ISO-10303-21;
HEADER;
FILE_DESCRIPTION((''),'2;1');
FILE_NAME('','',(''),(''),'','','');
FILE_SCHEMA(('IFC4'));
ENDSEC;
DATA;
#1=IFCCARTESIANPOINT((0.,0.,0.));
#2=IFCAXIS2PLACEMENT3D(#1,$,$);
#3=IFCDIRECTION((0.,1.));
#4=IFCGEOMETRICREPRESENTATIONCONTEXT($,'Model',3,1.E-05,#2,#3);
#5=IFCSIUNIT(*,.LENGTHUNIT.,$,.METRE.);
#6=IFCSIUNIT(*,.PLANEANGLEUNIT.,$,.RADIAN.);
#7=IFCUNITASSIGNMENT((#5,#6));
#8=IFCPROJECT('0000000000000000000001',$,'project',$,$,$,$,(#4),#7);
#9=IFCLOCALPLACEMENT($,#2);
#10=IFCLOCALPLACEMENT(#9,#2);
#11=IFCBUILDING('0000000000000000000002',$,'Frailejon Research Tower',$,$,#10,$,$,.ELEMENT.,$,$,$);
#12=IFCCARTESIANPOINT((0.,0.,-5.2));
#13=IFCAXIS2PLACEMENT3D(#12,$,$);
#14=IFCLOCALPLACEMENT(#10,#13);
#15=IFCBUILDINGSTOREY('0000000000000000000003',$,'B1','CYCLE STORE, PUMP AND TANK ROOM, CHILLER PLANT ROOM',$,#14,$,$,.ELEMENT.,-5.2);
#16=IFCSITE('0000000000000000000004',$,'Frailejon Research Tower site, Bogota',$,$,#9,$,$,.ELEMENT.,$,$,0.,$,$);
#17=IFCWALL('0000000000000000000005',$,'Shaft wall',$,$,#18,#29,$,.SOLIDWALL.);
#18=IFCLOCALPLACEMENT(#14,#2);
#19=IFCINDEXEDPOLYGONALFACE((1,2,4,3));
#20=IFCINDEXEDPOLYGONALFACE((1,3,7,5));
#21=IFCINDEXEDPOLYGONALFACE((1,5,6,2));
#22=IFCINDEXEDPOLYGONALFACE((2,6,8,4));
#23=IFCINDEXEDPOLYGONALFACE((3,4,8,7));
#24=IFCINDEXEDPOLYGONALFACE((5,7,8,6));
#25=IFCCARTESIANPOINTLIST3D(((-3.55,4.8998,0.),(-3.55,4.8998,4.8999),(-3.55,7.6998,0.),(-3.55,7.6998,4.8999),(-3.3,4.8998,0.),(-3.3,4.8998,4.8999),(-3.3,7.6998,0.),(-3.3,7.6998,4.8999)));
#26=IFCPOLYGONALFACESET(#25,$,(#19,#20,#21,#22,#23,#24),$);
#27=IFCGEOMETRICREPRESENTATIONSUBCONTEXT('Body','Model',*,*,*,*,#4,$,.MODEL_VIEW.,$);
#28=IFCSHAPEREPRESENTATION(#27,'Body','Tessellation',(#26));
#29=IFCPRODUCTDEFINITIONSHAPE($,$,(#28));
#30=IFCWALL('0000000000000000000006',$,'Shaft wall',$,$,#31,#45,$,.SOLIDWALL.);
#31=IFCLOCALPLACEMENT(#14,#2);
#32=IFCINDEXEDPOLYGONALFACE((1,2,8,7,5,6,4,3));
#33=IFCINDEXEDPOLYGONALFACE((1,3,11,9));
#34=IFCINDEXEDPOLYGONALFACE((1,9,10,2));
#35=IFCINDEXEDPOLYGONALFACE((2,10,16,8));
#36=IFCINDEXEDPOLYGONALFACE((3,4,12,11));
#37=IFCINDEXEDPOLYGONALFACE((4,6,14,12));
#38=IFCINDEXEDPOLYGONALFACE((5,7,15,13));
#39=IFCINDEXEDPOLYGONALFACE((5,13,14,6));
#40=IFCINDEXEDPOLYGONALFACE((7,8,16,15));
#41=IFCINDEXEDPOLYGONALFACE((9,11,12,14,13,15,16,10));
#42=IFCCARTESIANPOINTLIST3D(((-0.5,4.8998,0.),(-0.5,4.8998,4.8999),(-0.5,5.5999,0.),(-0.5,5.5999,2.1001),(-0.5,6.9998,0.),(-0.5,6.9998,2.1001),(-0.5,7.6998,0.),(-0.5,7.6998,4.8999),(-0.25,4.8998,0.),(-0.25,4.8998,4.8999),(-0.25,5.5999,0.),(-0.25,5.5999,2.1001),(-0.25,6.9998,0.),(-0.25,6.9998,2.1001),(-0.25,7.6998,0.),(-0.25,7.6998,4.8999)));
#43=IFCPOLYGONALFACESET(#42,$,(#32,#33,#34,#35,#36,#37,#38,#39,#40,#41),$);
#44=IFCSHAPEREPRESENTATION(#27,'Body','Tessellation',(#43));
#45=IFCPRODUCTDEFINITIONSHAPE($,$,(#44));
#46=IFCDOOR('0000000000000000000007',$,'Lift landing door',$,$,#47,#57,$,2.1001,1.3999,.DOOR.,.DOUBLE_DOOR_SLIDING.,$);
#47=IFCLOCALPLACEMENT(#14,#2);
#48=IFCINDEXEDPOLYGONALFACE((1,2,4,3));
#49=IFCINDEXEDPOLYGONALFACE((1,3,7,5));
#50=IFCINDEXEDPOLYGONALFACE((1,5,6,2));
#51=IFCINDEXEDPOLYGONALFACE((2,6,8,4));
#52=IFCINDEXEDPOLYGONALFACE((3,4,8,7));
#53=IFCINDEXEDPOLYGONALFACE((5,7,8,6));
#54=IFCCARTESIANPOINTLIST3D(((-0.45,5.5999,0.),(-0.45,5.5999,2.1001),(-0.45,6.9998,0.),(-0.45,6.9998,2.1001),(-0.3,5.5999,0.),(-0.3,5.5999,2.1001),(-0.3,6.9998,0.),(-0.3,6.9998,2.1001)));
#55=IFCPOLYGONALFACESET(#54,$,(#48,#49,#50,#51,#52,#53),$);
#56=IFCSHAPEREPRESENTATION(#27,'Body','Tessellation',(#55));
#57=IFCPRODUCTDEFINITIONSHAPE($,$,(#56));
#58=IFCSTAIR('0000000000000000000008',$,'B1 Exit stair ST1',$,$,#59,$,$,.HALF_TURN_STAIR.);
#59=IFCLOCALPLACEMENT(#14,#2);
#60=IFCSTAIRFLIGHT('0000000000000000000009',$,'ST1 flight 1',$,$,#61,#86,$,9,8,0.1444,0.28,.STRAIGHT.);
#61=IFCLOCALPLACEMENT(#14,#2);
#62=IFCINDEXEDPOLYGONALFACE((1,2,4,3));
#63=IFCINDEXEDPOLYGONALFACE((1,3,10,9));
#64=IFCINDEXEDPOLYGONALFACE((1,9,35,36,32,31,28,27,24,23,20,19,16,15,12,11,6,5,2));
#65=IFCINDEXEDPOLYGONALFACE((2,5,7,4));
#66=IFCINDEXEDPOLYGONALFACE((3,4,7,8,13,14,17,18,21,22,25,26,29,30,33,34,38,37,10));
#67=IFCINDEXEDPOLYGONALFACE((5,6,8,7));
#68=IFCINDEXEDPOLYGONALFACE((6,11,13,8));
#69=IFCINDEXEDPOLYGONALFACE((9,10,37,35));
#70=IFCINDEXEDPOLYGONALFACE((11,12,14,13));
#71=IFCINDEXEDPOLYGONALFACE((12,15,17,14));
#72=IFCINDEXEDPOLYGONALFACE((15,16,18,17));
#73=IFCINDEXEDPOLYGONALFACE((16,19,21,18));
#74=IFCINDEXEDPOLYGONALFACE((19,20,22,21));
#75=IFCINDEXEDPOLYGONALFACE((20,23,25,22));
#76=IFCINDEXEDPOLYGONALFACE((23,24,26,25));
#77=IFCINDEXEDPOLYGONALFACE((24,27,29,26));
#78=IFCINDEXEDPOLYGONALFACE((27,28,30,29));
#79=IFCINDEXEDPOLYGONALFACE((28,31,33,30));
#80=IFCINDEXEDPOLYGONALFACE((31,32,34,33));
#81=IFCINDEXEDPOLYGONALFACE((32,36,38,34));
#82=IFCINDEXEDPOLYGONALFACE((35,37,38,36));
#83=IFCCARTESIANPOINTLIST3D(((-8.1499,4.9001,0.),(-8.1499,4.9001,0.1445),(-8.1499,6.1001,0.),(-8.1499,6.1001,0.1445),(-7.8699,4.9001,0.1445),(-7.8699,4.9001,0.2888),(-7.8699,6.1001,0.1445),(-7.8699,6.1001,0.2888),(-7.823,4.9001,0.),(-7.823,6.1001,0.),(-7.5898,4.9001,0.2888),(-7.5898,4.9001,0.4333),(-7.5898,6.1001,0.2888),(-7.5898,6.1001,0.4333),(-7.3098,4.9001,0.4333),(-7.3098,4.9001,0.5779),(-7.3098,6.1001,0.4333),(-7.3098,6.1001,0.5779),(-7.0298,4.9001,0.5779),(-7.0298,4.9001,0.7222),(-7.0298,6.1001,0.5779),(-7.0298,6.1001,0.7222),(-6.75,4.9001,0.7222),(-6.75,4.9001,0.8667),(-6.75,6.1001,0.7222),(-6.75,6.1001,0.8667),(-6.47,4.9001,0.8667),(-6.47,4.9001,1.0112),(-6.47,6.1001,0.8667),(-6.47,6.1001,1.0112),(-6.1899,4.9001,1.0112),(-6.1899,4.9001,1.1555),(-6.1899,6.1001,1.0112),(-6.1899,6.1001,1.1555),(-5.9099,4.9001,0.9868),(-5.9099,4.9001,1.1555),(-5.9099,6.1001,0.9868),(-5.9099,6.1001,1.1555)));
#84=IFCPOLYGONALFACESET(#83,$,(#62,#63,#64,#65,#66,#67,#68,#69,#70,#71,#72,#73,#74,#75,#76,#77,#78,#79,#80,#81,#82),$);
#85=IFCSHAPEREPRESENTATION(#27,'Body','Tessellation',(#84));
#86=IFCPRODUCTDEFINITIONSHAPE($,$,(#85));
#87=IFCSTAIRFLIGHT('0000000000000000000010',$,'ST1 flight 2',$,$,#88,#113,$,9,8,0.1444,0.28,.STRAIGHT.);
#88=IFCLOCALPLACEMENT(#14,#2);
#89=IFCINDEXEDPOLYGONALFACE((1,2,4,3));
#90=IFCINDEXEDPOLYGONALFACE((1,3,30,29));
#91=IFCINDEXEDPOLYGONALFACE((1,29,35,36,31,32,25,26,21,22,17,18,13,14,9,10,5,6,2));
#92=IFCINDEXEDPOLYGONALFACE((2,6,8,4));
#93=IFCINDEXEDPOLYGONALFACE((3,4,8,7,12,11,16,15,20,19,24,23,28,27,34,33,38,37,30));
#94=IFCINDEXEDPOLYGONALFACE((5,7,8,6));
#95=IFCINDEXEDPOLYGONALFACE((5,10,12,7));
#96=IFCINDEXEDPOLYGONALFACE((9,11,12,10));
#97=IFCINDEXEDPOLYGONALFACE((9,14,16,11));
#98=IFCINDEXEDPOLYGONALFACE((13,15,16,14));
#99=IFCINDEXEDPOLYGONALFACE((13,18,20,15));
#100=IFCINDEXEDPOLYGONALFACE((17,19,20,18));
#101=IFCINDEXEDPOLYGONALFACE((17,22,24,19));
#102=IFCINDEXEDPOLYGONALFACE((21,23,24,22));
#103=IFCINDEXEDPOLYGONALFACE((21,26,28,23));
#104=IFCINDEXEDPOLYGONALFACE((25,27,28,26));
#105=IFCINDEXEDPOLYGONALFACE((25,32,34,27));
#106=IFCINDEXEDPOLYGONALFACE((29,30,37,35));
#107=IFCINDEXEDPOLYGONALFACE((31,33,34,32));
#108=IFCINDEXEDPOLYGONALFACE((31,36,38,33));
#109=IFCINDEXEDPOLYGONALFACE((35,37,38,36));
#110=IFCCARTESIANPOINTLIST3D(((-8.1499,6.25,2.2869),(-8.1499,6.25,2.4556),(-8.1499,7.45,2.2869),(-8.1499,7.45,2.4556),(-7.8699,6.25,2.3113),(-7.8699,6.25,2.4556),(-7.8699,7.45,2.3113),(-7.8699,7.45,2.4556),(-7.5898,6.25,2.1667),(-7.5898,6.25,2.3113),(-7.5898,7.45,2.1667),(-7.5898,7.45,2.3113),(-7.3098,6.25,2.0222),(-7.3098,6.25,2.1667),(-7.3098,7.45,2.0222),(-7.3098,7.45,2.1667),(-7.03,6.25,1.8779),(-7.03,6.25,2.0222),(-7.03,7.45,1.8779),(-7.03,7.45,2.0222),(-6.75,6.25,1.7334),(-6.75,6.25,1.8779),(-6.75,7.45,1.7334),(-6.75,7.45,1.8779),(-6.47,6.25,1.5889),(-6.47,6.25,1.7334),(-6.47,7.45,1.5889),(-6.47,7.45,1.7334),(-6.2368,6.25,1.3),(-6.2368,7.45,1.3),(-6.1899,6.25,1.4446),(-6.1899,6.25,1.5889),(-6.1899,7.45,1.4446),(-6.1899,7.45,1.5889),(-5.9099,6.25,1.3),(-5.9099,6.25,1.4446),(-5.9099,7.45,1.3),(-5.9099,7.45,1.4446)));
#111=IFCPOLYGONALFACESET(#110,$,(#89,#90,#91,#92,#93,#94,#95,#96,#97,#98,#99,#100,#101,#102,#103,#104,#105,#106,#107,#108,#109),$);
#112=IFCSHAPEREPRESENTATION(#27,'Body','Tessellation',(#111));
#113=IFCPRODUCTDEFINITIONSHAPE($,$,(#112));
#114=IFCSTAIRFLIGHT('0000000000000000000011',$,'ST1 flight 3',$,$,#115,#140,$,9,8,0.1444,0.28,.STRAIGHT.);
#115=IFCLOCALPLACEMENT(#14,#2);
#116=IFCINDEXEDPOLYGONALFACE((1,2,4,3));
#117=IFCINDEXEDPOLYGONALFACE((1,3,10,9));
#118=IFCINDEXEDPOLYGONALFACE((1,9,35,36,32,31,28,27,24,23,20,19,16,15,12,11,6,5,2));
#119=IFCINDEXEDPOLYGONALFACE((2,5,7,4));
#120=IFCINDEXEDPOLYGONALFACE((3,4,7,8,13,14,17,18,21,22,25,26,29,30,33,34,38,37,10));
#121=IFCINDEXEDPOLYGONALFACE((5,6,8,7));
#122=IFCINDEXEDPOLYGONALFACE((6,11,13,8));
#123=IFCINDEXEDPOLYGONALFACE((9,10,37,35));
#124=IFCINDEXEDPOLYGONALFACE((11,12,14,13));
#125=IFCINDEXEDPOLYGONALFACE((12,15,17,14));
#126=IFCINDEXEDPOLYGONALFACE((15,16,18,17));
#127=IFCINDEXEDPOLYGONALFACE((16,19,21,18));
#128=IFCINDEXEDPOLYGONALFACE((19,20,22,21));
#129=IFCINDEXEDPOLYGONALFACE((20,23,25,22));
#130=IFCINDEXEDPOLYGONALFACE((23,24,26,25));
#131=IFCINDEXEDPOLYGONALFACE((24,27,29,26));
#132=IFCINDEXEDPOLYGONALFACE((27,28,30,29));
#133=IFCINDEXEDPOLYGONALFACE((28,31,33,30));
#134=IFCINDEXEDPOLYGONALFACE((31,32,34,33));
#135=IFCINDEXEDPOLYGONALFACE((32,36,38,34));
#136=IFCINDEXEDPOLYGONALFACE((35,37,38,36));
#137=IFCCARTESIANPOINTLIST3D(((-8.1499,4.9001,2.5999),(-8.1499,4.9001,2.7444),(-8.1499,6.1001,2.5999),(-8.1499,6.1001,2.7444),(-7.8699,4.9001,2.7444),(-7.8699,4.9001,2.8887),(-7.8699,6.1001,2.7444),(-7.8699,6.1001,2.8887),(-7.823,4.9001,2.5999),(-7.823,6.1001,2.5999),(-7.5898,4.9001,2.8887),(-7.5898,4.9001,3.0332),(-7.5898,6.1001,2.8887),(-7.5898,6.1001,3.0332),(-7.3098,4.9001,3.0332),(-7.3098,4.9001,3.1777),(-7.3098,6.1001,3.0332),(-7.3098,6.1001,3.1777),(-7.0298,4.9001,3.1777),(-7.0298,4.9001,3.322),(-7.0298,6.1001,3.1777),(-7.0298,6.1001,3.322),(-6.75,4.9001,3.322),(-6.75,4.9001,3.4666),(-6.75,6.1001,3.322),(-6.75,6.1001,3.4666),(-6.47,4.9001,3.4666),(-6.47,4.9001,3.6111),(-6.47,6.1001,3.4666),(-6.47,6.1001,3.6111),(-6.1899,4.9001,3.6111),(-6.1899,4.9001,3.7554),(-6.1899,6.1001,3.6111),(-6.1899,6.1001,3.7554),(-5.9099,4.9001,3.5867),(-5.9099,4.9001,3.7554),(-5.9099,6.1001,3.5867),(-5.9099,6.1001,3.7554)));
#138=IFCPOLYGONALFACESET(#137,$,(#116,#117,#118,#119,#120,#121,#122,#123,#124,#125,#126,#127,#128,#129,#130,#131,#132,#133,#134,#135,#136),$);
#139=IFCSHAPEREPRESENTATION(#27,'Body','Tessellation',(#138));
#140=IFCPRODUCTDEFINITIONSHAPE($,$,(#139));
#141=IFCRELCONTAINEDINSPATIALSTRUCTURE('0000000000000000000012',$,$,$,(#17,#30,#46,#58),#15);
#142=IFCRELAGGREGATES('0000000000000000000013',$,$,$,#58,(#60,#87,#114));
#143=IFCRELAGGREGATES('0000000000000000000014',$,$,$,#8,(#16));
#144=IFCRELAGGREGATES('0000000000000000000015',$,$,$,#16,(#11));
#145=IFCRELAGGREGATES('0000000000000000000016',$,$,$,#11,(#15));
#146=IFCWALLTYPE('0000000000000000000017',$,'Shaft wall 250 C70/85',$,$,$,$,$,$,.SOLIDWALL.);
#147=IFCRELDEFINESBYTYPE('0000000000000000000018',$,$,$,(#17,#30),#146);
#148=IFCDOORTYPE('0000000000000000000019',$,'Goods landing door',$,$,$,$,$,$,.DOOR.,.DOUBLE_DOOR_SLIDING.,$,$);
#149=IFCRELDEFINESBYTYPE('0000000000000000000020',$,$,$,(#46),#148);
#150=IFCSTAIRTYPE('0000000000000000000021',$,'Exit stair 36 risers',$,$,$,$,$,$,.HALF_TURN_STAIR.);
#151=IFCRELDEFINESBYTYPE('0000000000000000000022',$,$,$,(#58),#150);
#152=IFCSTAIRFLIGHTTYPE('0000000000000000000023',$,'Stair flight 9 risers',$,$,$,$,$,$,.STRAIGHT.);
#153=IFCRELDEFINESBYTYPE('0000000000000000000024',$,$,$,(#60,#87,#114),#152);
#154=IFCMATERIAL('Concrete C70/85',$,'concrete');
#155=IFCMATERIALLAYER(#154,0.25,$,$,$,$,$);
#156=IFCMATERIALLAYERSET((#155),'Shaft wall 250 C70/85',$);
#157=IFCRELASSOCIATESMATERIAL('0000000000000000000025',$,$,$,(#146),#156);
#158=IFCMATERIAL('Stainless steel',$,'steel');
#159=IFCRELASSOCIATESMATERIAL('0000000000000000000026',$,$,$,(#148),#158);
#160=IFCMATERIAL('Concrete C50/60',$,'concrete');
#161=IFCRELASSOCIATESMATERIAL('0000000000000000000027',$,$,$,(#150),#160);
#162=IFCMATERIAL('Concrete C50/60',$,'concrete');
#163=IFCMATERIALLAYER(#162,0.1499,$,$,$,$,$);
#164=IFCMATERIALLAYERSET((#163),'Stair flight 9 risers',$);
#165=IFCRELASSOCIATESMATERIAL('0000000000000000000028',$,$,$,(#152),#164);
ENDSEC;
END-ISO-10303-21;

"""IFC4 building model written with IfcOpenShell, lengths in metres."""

from ifc_helpers import new_model, si_unit, direction, frame, frame_2d, origin, place, context, subcontext, project, spatial, polyline, rectangle, outline, extrude, material, layer, layer_set, type_object, element, fill, aggregate, save


model = new_model("IFC4")

# Units and contexts
model_context = context("Model", 3, precision=1e-05, world=origin(), true_north=direction((0.0, 1.0)))
body_context = subcontext(model_context, "Body", "Model", "MODEL_VIEW")
ifc_project = project(units=[si_unit("LENGTHUNIT", "METRE"), si_unit("PLANEANGLEUNIT", "RADIAN")], contexts=[model_context])

# Site, building, storey
site_placement = place(None, origin())
site = spatial("IfcSite", under=ifc_project, at=site_placement, Name="Frailejon Research Tower site, Bogota", CompositionType="ELEMENT", RefElevation=0.0)
building_placement = place(site_placement, origin())
building = spatial("IfcBuilding", under=site, at=building_placement, Name="Frailejon Research Tower", CompositionType="ELEMENT")
storey_placement = place(building_placement, frame((0.0, 0.0, -5.2)))
storey = spatial("IfcBuildingStorey", under=building, at=storey_placement, Name="B1", Description="CYCLE STORE, PUMP AND TANK ROOM, CHILLER PLANT ROOM", CompositionType="ELEMENT", Elevation=-5.2)

# Wall
ifc_material_1 = material(Name="Concrete C70/85", Category="concrete")
ifc_layer_1 = layer(ifc_material_1, 0.25)
ifc_layer_set_1 = layer_set([ifc_layer_1], Name="Shaft wall 250 C70/85")
wall_type_1 = type_object("IfcWallType", Name="Shaft wall 250 C70/85", PredefinedType="SOLIDWALL", material=ifc_layer_set_1)
wall_1_placement = place(storey_placement, frame((-3.425, 4.8999, 0.0), z_axis=(0.0, 0.0, 1.0), x_axis=(0.0, 1.0, 0.0)))
element("IfcWall", 1, at=wall_1_placement, inside=storey, type_object=wall_type_1, Name="Shaft wall", PredefinedType="SOLIDWALL", context=body_context, shape_type="SweptSolid", body=[
    extrude(rectangle(XDim=2.8, YDim=0.25, at=frame_2d((1.3999, 0.0))), origin(), (0.0, 0.0, 1.0), 4.8999),
])

# Wall, opening, door
wall_2_placement = place(storey_placement, frame((-0.375, 4.8999, 0.0), z_axis=(0.0, 0.0, 1.0), x_axis=(0.0, 1.0, 0.0)))
wall_2 = element("IfcWall", 2, at=wall_2_placement, inside=storey, type_object=wall_type_1, Name="Shaft wall", PredefinedType="SOLIDWALL", context=body_context, shape_type="SweptSolid", body=[
    extrude(rectangle(XDim=2.8, YDim=0.25, at=frame_2d((1.3999, 0.0))), origin(), (0.0, 0.0, 1.0), 4.8999),
])
opening_placement = place(wall_2_placement, frame((0.7, 0.0, 0.0)))
opening = element("IfcOpeningElement", 3, at=opening_placement, cuts=wall_2, PredefinedType="OPENING", context=body_context, shape_type="SweptSolid", body=[
    extrude(rectangle(XDim=1.3999, YDim=2.1001, at=frame_2d((0.7, 1.05))), frame((0.0, 0.135, 0.0), z_axis=(0.0, -1.0, 0.0), x_axis=(1.0, 0.0, 0.0)), (0.0, 0.0, 1.0), 0.27),
])
ifc_material_2 = material(Name="Stainless steel", Category="steel")
door_type = type_object("IfcDoorType", Name="Goods landing door", OperationType="DOUBLE_DOOR_SLIDING", PredefinedType="DOOR", material=ifc_material_2)
door_placement = place(opening_placement, origin())
door = element("IfcDoor", 4, at=door_placement, inside=storey, type_object=door_type, Name="Lift landing door", OperationType="DOUBLE_DOOR_SLIDING", OverallHeight=2.1001, OverallWidth=1.3999, PredefinedType="DOOR", context=body_context, shape_type="SweptSolid", body=[
    extrude(rectangle(XDim=1.3999, YDim=2.1001, at=frame_2d((0.7, 1.05))), frame((0.0, 0.075, 0.0), z_axis=(0.0, -1.0, 0.0), x_axis=(1.0, 0.0, 0.0)), (0.0, 0.0, 1.0), 0.1499),
])
fill(opening, door)

# Stair, stair flights
ifc_material_3 = material(Name="Concrete C50/60", Category="concrete")
stair_type = type_object("IfcStairType", Name="Exit stair 36 risers", PredefinedType="HALF_TURN_STAIR", material=ifc_material_3)
stair_placement = place(storey_placement, origin())
stair = element("IfcStair", 5, at=stair_placement, inside=storey, type_object=stair_type, Name="B1 Exit stair ST1", PredefinedType="HALF_TURN_STAIR")
ifc_material_4 = material(Name="Concrete C50/60", Category="concrete")
ifc_layer_2 = layer(ifc_material_4, 0.1499)
ifc_layer_set_2 = layer_set([ifc_layer_2], Name="Stair flight 9 risers")
stair_flight_type = type_object("IfcStairFlightType", Name="Stair flight 9 risers", PredefinedType="STRAIGHT", material=ifc_layer_set_2)
stair_flight_1_placement = place(storey_placement, frame((-8.1499, 5.5, 0.0), z_axis=(0.0, 0.0, 1.0), x_axis=(1.0, 0.0, 0.0)))
stair_flight_1 = element("IfcStairFlight", 6, at=stair_flight_1_placement, type_object=stair_flight_type, Name="ST1 flight 1", NumberOfRisers=9, NumberOfTreads=8, PredefinedType="STRAIGHT", RiserHeight=0.1444, TreadLength=0.28, context=body_context, shape_type="SweptSolid", body=[
    extrude(outline(polyline([(0.0, 0.0), (0.0, 0.1445), (0.28, 0.1445), (0.28, 0.2888), (0.5601, 0.2888), (0.5601, 0.4333), (0.8401, 0.4333), (0.8401, 0.5779), (1.1201, 0.5779), (1.1201, 0.7222), (1.3999, 0.7222), (1.3999, 0.8667), (1.6799, 0.8667), (1.6799, 1.0112), (1.96, 1.0112), (1.96, 1.1555), (2.24, 1.1555), (2.24, 1.3), (2.24, 0.9868), (0.3269, 0.0), (0.0, 0.0)])), frame((0.0, 0.6001, 0.0), z_axis=(0.0, -1.0, 0.0), x_axis=(1.0, 0.0, 0.0)), (0.0, 0.0, 1.0), 1.2),
])
stair_flight_2_placement = place(storey_placement, frame((-5.9099, 6.8501, 1.3), z_axis=(0.0, 0.0, 1.0), x_axis=(-1.0, 0.0, 0.0)))
stair_flight_2 = element("IfcStairFlight", 7, at=stair_flight_2_placement, type_object=stair_flight_type, Name="ST1 flight 2", NumberOfRisers=9, NumberOfTreads=8, PredefinedType="STRAIGHT", RiserHeight=0.1444, TreadLength=0.28, context=body_context, shape_type="SweptSolid", body=[
    extrude(outline(polyline([(0.0, 0.0), (0.0, 0.1445), (0.28, 0.1445), (0.28, 0.2888), (0.5601, 0.2888), (0.5601, 0.4333), (0.8401, 0.4333), (0.8401, 0.5779), (1.1201, 0.5779), (1.1201, 0.7222), (1.3999, 0.7222), (1.3999, 0.8667), (1.6799, 0.8667), (1.6799, 1.0112), (1.96, 1.0112), (1.96, 1.1555), (2.24, 1.1555), (2.24, 1.3), (2.24, 0.9868), (0.3269, 0.0), (0.0, 0.0)])), frame((0.0, 0.6001, 0.0), z_axis=(0.0, -1.0, 0.0), x_axis=(1.0, 0.0, 0.0)), (0.0, 0.0, 1.0), 1.2),
])
stair_flight_3_placement = place(storey_placement, frame((-8.1499, 5.5, 2.5999), z_axis=(0.0, 0.0, 1.0), x_axis=(1.0, 0.0, 0.0)))
stair_flight_3 = element("IfcStairFlight", 8, at=stair_flight_3_placement, type_object=stair_flight_type, Name="ST1 flight 3", NumberOfRisers=9, NumberOfTreads=8, PredefinedType="STRAIGHT", RiserHeight=0.1444, TreadLength=0.28, context=body_context, shape_type="SweptSolid", body=[
    extrude(outline(polyline([(0.0, 0.0), (0.0, 0.1445), (0.28, 0.1445), (0.28, 0.2888), (0.5601, 0.2888), (0.5601, 0.4333), (0.8401, 0.4333), (0.8401, 0.5779), (1.1201, 0.5779), (1.1201, 0.7222), (1.3999, 0.7222), (1.3999, 0.8667), (1.6799, 0.8667), (1.6799, 1.0112), (1.96, 1.0112), (1.96, 1.1555), (2.24, 1.1555), (2.24, 1.3), (2.24, 0.9868), (0.3269, 0.0), (0.0, 0.0)])), frame((0.0, 0.6001, 0.0), z_axis=(0.0, -1.0, 0.0), x_axis=(1.0, 0.0, 0.0)), (0.0, 0.0, 1.0), 1.2),
])
aggregate(stair, [stair_flight_1, stair_flight_2, stair_flight_3])

save(model, "model.ifc")
